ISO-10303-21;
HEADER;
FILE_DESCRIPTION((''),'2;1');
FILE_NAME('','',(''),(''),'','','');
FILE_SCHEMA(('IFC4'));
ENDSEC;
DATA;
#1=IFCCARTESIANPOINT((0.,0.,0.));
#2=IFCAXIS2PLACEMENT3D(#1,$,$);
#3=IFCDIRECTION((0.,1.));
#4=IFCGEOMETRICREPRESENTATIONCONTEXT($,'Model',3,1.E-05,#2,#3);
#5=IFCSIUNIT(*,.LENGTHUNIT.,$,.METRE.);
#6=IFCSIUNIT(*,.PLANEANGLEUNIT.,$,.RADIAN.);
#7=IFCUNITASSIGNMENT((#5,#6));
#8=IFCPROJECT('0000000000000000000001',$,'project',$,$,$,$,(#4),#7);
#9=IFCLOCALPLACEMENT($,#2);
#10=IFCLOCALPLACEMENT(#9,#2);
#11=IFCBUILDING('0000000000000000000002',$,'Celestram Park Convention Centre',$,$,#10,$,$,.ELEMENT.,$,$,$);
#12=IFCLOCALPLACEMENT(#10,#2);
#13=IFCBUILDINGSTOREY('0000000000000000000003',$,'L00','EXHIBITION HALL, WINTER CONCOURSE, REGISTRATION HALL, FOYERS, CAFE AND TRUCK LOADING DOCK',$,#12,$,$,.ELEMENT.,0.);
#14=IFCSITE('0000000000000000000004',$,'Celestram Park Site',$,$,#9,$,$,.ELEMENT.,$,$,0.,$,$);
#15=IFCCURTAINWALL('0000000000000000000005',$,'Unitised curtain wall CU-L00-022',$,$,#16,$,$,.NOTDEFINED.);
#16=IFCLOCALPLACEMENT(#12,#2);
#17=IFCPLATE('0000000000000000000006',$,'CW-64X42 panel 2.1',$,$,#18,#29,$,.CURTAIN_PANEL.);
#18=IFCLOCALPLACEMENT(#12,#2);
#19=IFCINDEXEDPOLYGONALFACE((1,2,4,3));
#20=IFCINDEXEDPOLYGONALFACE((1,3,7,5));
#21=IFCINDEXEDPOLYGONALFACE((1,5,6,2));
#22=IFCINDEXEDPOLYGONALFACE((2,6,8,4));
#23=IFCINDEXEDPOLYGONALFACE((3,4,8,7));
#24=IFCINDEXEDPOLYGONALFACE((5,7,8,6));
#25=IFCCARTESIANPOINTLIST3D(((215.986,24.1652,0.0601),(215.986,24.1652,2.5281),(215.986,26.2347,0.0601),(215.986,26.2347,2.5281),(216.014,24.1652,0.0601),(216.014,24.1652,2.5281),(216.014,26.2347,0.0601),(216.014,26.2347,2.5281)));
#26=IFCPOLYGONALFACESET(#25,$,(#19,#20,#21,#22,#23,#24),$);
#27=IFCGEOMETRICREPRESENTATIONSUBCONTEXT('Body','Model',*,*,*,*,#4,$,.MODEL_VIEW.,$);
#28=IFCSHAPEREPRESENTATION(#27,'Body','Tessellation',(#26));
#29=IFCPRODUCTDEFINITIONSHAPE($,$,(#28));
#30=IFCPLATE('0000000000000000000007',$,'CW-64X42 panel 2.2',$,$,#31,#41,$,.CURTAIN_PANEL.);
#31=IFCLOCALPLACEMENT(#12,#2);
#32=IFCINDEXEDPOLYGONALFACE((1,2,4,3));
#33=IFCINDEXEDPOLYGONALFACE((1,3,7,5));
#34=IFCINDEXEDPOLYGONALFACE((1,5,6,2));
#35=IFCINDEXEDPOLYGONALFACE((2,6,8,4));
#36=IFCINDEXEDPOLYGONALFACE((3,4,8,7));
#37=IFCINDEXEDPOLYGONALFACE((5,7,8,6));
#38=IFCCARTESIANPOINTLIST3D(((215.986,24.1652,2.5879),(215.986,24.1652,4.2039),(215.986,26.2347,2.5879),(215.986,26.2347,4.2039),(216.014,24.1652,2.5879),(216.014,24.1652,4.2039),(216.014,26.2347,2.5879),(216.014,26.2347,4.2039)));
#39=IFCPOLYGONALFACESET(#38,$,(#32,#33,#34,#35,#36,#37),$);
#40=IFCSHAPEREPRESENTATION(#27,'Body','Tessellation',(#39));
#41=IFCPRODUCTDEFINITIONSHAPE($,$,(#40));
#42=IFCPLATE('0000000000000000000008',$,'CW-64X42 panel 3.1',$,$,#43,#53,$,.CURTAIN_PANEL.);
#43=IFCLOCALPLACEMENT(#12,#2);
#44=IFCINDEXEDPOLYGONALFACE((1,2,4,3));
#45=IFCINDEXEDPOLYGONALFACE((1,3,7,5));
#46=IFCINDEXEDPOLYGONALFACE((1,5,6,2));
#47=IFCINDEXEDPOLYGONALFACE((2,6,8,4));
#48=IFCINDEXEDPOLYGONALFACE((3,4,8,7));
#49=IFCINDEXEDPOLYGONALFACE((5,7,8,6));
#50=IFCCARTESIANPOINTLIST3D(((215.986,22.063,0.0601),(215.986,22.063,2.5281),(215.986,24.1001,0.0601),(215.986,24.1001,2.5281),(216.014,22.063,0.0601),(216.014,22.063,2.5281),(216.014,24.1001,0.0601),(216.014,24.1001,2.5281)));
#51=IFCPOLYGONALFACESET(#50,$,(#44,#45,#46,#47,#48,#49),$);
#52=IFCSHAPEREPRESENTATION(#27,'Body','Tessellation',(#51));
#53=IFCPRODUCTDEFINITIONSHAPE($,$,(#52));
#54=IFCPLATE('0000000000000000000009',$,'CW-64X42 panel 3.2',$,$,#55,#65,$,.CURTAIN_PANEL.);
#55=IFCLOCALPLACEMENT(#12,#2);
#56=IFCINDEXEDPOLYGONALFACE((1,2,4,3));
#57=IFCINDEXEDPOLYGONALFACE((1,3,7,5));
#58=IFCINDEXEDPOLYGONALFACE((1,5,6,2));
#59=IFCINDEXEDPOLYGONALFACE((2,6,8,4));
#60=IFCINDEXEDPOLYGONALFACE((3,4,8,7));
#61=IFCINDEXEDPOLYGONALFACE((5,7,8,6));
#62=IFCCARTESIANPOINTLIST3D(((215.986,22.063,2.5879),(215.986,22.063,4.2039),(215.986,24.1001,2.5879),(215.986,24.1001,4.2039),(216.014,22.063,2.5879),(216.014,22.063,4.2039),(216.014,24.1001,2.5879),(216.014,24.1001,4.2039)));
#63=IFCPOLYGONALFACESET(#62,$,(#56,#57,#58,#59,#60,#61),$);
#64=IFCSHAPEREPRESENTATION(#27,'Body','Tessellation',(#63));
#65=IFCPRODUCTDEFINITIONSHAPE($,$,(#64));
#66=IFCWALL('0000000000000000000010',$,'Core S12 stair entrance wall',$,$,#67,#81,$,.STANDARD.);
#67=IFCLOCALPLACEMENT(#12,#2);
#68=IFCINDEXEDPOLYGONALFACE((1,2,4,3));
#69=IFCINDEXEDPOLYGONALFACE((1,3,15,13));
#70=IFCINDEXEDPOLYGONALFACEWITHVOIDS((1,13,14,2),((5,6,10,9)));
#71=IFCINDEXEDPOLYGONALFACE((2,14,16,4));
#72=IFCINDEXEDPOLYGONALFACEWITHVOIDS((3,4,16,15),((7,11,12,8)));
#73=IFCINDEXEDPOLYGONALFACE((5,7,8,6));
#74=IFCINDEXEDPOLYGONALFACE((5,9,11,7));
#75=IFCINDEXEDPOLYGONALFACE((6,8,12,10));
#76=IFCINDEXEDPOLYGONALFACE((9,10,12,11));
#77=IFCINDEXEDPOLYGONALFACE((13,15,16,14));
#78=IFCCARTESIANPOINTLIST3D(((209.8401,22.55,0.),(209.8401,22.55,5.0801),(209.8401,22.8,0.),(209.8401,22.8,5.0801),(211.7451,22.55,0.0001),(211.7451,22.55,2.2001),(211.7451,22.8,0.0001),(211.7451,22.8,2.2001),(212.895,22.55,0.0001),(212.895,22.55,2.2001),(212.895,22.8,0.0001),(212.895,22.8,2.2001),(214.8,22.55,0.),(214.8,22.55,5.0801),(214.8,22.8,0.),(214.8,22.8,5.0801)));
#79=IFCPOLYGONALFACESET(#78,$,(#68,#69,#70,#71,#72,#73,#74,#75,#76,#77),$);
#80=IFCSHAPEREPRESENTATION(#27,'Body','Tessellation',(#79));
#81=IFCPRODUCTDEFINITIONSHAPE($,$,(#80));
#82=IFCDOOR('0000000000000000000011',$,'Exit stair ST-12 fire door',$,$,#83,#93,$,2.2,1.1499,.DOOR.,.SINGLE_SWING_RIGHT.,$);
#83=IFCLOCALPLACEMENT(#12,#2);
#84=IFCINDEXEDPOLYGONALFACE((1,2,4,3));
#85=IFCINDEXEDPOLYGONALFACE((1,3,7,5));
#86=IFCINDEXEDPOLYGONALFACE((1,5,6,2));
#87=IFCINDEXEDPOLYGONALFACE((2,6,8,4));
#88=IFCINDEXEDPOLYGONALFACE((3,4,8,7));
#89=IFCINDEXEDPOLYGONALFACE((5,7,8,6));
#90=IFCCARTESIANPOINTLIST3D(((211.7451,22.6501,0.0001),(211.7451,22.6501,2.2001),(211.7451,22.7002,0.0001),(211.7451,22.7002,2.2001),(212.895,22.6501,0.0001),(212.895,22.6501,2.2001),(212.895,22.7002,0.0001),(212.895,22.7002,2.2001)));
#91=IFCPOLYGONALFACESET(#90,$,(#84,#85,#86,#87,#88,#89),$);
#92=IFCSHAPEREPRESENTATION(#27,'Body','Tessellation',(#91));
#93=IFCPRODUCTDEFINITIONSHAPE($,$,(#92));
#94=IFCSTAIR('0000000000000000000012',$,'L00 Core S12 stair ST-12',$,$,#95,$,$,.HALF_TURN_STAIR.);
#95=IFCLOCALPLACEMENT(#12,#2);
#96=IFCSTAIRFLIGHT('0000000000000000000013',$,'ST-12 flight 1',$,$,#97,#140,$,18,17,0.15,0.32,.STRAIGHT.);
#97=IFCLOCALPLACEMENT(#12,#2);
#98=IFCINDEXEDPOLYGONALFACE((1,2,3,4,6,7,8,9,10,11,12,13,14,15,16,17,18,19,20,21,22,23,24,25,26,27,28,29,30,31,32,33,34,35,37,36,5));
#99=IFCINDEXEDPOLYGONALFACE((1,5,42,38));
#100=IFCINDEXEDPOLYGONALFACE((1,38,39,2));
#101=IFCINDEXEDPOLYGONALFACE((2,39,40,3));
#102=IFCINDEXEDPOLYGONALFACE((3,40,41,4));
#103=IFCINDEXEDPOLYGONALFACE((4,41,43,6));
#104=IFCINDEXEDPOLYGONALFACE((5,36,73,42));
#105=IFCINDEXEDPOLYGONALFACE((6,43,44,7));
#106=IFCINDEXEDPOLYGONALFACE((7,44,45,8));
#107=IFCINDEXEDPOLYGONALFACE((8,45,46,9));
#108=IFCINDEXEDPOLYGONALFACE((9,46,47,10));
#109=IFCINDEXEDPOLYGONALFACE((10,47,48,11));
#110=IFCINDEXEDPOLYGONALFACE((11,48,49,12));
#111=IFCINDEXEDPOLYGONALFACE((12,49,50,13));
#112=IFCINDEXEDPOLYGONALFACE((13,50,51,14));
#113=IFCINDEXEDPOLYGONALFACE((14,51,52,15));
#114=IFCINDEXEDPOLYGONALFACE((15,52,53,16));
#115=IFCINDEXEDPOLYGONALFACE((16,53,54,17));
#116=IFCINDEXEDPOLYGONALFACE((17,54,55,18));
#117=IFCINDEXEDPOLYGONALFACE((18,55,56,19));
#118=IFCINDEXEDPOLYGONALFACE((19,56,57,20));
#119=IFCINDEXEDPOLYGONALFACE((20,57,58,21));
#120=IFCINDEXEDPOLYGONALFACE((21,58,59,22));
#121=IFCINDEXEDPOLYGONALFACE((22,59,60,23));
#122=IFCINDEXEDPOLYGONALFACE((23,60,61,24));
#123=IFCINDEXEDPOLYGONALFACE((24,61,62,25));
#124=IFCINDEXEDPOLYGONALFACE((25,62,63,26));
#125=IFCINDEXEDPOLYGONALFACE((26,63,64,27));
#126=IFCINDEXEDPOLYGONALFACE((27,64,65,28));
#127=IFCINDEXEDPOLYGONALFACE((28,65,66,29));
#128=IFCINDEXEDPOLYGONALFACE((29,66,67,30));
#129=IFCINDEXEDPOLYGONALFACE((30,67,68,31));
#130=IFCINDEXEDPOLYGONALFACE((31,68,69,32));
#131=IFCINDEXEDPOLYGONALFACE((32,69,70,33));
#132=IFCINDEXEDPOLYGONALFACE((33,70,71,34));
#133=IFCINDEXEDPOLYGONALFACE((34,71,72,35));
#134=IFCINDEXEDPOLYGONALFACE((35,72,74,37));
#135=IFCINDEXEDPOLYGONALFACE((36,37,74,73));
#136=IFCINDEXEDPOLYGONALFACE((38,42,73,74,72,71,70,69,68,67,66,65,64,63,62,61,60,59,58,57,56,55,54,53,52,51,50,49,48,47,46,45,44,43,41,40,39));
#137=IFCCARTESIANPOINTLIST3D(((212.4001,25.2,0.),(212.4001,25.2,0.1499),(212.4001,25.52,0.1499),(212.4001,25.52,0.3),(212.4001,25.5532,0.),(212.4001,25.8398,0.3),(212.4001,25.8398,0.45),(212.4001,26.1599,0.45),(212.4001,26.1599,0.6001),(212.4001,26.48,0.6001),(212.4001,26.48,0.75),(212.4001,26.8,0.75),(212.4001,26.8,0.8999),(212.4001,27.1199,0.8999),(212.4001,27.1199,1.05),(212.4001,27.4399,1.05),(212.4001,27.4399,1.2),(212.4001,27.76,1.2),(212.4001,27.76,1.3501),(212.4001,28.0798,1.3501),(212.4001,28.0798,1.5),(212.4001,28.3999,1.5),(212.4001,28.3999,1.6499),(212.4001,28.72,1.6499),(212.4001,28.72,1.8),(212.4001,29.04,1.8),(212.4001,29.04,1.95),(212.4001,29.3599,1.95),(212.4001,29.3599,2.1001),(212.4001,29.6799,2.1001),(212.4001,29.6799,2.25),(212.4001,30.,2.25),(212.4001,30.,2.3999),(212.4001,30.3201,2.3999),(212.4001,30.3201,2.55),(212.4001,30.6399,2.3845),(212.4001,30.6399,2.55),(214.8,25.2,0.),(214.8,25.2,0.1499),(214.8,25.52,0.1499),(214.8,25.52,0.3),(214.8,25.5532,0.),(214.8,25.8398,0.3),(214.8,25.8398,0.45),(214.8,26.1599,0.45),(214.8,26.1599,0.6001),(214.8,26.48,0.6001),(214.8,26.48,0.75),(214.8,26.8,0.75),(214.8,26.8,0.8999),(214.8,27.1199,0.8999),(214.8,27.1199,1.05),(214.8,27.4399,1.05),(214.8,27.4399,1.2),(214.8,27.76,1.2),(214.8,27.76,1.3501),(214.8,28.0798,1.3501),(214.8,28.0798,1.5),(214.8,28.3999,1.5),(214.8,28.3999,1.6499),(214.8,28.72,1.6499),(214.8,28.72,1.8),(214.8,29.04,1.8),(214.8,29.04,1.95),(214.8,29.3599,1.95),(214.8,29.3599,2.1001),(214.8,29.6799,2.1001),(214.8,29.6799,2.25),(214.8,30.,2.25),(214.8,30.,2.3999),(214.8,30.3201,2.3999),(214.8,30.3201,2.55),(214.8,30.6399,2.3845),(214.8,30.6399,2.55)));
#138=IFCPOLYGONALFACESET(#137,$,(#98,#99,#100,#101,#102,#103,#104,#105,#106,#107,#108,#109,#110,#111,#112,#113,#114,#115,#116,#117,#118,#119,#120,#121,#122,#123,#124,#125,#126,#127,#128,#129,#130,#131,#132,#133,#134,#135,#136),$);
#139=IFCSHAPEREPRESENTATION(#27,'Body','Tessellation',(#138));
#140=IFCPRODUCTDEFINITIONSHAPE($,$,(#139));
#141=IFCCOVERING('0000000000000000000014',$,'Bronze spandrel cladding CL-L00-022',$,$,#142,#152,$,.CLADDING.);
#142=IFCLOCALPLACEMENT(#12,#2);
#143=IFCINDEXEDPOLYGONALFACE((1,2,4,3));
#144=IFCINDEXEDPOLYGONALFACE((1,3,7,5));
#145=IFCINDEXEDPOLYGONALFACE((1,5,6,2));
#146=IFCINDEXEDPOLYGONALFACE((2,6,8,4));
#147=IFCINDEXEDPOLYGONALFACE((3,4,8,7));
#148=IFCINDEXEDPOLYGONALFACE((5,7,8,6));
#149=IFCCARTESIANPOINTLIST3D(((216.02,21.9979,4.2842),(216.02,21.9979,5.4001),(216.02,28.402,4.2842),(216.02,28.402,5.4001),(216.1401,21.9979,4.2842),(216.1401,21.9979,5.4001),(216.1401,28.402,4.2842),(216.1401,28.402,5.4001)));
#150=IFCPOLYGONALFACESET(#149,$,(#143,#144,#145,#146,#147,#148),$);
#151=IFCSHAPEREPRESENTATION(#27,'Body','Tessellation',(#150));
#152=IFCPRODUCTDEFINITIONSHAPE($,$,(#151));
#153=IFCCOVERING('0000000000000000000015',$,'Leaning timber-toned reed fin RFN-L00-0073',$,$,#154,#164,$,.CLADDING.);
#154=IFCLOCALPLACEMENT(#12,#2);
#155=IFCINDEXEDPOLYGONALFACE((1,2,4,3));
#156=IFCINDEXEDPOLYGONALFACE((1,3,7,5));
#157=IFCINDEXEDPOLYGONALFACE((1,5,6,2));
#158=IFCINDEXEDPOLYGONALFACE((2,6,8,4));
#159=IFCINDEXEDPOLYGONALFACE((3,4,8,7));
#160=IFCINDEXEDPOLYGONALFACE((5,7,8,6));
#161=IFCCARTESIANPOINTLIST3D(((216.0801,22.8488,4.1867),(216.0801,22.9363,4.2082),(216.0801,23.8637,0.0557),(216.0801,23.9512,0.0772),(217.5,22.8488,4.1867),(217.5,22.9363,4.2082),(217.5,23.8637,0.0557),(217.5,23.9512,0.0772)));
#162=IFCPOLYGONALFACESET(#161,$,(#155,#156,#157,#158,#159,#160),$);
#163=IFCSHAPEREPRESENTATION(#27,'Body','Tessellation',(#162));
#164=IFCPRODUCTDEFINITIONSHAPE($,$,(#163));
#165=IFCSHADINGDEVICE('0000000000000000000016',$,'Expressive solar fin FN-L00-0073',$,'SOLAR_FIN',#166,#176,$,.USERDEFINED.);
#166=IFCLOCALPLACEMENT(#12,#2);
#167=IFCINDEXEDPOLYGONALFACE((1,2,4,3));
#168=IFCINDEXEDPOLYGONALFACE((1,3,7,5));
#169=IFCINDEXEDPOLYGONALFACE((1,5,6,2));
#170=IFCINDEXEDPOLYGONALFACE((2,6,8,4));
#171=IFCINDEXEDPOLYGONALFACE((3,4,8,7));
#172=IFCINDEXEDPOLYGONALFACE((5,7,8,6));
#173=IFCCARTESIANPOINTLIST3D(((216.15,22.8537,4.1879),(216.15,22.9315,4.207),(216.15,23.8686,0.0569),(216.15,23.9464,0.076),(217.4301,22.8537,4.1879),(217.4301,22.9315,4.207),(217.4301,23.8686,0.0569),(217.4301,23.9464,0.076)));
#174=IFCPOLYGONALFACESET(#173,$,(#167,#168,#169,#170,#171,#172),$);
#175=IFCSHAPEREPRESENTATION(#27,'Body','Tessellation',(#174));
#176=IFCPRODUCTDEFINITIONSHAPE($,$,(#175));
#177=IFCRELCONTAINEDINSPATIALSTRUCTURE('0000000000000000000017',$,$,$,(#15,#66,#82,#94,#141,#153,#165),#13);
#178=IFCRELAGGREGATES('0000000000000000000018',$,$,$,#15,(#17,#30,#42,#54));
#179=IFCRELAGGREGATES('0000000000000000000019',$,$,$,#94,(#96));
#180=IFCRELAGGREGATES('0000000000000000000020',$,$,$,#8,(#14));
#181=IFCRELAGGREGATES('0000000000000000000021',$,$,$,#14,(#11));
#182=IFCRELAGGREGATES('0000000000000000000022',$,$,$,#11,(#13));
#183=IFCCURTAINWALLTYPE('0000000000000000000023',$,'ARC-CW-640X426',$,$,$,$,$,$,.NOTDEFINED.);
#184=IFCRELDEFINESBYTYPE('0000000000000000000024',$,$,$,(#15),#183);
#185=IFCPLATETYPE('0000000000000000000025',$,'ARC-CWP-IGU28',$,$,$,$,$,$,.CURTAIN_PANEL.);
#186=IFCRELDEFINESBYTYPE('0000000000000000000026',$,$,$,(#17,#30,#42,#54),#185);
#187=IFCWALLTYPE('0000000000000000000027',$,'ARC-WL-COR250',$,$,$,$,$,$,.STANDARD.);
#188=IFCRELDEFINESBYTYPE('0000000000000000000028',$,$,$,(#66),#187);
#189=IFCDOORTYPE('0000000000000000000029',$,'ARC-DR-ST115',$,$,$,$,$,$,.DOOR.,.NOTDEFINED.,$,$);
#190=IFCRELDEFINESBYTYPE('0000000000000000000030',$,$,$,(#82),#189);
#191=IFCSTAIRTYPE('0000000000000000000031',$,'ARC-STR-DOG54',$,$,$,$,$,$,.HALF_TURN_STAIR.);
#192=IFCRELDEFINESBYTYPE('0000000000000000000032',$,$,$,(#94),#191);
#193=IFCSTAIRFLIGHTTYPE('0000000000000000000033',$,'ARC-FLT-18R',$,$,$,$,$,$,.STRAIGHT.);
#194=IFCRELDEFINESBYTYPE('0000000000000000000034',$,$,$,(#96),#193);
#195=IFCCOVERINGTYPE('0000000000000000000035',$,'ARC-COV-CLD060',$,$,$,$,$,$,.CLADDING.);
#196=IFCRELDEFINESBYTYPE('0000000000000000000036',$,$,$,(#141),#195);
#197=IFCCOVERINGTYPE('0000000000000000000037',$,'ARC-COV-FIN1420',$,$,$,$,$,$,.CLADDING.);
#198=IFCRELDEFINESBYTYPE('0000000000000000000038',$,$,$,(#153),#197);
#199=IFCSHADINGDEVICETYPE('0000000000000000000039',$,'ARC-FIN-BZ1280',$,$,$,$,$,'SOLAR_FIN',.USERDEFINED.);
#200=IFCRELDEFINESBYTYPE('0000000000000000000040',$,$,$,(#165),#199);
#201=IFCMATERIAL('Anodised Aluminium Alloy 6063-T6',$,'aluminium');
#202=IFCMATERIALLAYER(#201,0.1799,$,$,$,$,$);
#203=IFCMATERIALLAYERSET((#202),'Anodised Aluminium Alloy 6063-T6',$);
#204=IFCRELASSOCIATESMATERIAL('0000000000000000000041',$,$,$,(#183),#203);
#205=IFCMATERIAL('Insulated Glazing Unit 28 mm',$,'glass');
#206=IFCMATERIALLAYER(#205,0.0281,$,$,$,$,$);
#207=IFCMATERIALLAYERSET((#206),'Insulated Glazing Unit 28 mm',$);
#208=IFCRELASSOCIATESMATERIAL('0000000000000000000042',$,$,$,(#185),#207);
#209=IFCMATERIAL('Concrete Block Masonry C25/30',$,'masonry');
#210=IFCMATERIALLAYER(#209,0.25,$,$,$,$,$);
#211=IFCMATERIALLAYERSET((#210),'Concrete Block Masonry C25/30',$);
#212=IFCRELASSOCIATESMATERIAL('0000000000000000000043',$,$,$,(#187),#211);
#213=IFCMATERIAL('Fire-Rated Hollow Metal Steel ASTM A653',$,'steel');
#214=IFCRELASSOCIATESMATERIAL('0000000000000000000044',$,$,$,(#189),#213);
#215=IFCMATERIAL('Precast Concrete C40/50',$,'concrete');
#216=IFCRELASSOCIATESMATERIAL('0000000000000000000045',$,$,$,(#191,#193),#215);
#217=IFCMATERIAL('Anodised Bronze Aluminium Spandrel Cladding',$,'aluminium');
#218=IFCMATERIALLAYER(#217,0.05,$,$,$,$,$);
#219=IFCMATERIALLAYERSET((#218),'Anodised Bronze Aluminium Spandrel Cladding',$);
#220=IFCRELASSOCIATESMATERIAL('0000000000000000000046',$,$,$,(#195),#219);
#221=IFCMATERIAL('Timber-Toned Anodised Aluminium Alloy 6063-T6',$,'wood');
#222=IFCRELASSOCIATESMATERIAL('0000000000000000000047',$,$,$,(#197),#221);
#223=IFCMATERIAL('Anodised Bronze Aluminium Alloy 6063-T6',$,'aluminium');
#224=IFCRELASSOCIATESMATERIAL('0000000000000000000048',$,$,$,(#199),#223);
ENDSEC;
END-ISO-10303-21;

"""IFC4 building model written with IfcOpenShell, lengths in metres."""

from ifc_helpers import new_model, si_unit, direction, frame, frame_2d, origin, origin_2d, place, context, subcontext, project, spatial, polyline, rectangle, outline, extrude, material, layer, layer_set, material_profile, profile_set, type_object, element, fill, aggregate, save


model = new_model("IFC4")

# Units and contexts
model_context = context("Model", 3, precision=1e-05, world=origin(), true_north=direction((0.0, 1.0)))
body_context = subcontext(model_context, "Body", "Model", "MODEL_VIEW")
ifc_project = project(units=[si_unit("LENGTHUNIT", "METRE"), si_unit("PLANEANGLEUNIT", "RADIAN")], contexts=[model_context])

# Site, building, storey
site_placement = place(None, origin())
site = spatial("IfcSite", under=ifc_project, at=site_placement, Name="Celestram Park Site", CompositionType="ELEMENT", RefElevation=0.0)
building_placement = place(site_placement, origin())
building = spatial("IfcBuilding", under=site, at=building_placement, Name="Celestram Park Convention Centre", CompositionType="ELEMENT")
storey_placement = place(building_placement, origin())
storey = spatial("IfcBuildingStorey", under=building, at=storey_placement, Name="L00", Description="EXHIBITION HALL, WINTER CONCOURSE, REGISTRATION HALL, FOYERS, CAFE AND TRUCK LOADING DOCK", CompositionType="ELEMENT", Elevation=0.0)

# Curtain wall
ifc_material_1 = material(Name="Anodised Aluminium Alloy 6063-T6", Category="aluminium")
ifc_layer_1 = layer(ifc_material_1, 0.1799)
ifc_layer_set_1 = layer_set([ifc_layer_1], Name="Anodised Aluminium Alloy 6063-T6")
curtain_wall_type = type_object("IfcCurtainWallType", Name="ARC-CW-640X426", PredefinedType="NOTDEFINED", material=ifc_layer_set_1)
curtain_wall_1_placement = place(storey_placement, origin())
curtain_wall_1 = element("IfcCurtainWall", 1, at=curtain_wall_1_placement, inside=storey, type_object=curtain_wall_type, Name="Unitised curtain wall CU-L00-022", PredefinedType="NOTDEFINED")

# Plates
ifc_material_2 = material(Name="Insulated Glazing Unit 28 mm", Category="glass")
ifc_layer_2 = layer(ifc_material_2, 0.0281)
ifc_layer_set_2 = layer_set([ifc_layer_2], Name="Insulated Glazing Unit 28 mm")
plate_type = type_object("IfcPlateType", Name="ARC-CWP-IGU28", PredefinedType="CURTAIN_PANEL", material=ifc_layer_set_2)
plate_1_placement = place(storey_placement, frame((216.0, 25.2, 0.0601), z_axis=(0.0, 0.0, 1.0), x_axis=(0.0, -1.0, 0.0)))
plate_1 = element("IfcPlate", 2, at=plate_1_placement, type_object=plate_type, Name="CW-64X42 panel 2.1", PredefinedType="CURTAIN_PANEL", context=body_context, shape_type="SweptSolid", body=[
    extrude(rectangle(XDim=2.0696, YDim=0.0281, at=origin_2d()), origin(), (0.0, 0.0, 1.0), 2.468),
])
plate_2_placement = place(storey_placement, frame((216.0, 25.2, 2.5879), z_axis=(0.0, 0.0, 1.0), x_axis=(0.0, -1.0, 0.0)))
plate_2 = element("IfcPlate", 3, at=plate_2_placement, type_object=plate_type, Name="CW-64X42 panel 2.2", PredefinedType="CURTAIN_PANEL", context=body_context, shape_type="SweptSolid", body=[
    extrude(rectangle(XDim=2.0696, YDim=0.0281, at=origin_2d()), origin(), (0.0, 0.0, 1.0), 1.616),
])
plate_3_placement = place(storey_placement, frame((216.0, 23.0815, 0.0601), z_axis=(0.0, 0.0, 1.0), x_axis=(0.0, -1.0, 0.0)))
plate_3 = element("IfcPlate", 4, at=plate_3_placement, type_object=plate_type, Name="CW-64X42 panel 3.1", PredefinedType="CURTAIN_PANEL", context=body_context, shape_type="SweptSolid", body=[
    extrude(rectangle(XDim=2.0371, YDim=0.0281, at=origin_2d()), origin(), (0.0, 0.0, 1.0), 2.468),
])
plate_4_placement = place(storey_placement, frame((216.0, 23.0815, 2.5879), z_axis=(0.0, 0.0, 1.0), x_axis=(0.0, -1.0, 0.0)))
plate_4 = element("IfcPlate", 5, at=plate_4_placement, type_object=plate_type, Name="CW-64X42 panel 3.2", PredefinedType="CURTAIN_PANEL", context=body_context, shape_type="SweptSolid", body=[
    extrude(rectangle(XDim=2.0371, YDim=0.0281, at=origin_2d()), origin(), (0.0, 0.0, 1.0), 1.616),
])
aggregate(curtain_wall_1, [plate_1, plate_2, plate_3, plate_4])

# Wall, opening, door
ifc_material_3 = material(Name="Concrete Block Masonry C25/30", Category="masonry")
ifc_layer_3 = layer(ifc_material_3, 0.25)
ifc_layer_set_3 = layer_set([ifc_layer_3], Name="Concrete Block Masonry C25/30")
wall_type = type_object("IfcWallType", Name="ARC-WL-COR250", PredefinedType="STANDARD", material=ifc_layer_set_3)
wall_placement = place(storey_placement, frame((214.8, 22.675, 0.0), z_axis=(0.0, 0.0, 1.0), x_axis=(-1.0, 0.0, 0.0)))
wall = element("IfcWall", 6, at=wall_placement, inside=storey, type_object=wall_type, Name="Core S12 stair entrance wall", PredefinedType="STANDARD", context=body_context, shape_type="SweptSolid", body=[
    extrude(rectangle(XDim=4.96, YDim=0.25, at=frame_2d((2.48, 0.0))), origin(), (0.0, 0.0, 1.0), 5.0801),
])
opening_placement = place(wall_placement, frame((1.905, 0.0, 0.0)))
opening = element("IfcOpeningElement", 7, at=opening_placement, cuts=wall, PredefinedType="OPENING", context=body_context, shape_type="SweptSolid", body=[
    extrude(rectangle(XDim=1.1499, YDim=2.2, at=frame_2d((0.575, 1.1001))), frame((0.0, 0.135, 0.0), z_axis=(0.0, -1.0, 0.0), x_axis=(1.0, 0.0, 0.0)), (0.0, 0.0, 1.0), 0.27),
])
ifc_material_4 = material(Name="Fire-Rated Hollow Metal Steel ASTM A653", Category="steel")
door_type = type_object("IfcDoorType", Name="ARC-DR-ST115", OperationType="NOTDEFINED", PredefinedType="DOOR", material=ifc_material_4)
door_placement = place(opening_placement, origin())
door = element("IfcDoor", 8, at=door_placement, inside=storey, type_object=door_type, Name="Exit stair ST-12 fire door", OperationType="SINGLE_SWING_RIGHT", OverallHeight=2.2, OverallWidth=1.1499, PredefinedType="DOOR", context=body_context, shape_type="SweptSolid", body=[
    extrude(rectangle(XDim=1.1499, YDim=2.2, at=frame_2d((0.575, 1.1001))), frame((0.0, 0.0249, 0.0), z_axis=(0.0, -1.0, 0.0), x_axis=(1.0, 0.0, 0.0)), (0.0, 0.0, 1.0), 0.05),
])
fill(opening, door)

# Stair, stair flight
ifc_material_5 = material(Name="Precast Concrete C40/50", Category="concrete")
stair_type = type_object("IfcStairType", Name="ARC-STR-DOG54", PredefinedType="HALF_TURN_STAIR", material=ifc_material_5)
stair_placement = place(storey_placement, origin())
stair = element("IfcStair", 9, at=stair_placement, inside=storey, type_object=stair_type, Name="L00 Core S12 stair ST-12", PredefinedType="HALF_TURN_STAIR")
stair_flight_type = type_object("IfcStairFlightType", Name="ARC-FLT-18R", PredefinedType="STRAIGHT", material=ifc_material_5)
stair_flight_placement = place(storey_placement, frame((213.6001, 25.2, 0.0), z_axis=(0.0, 0.0, 1.0), x_axis=(0.0, 1.0, 0.0)))
stair_flight = element("IfcStairFlight", 10, at=stair_flight_placement, type_object=stair_flight_type, Name="ST-12 flight 1", NumberOfRisers=18, NumberOfTreads=17, PredefinedType="STRAIGHT", RiserHeight=0.15, TreadLength=0.32, context=body_context, shape_type="SweptSolid", body=[
    extrude(outline(polyline([(0.0, 0.0), (0.0, 0.1499), (0.3201, 0.1499), (0.3201, 0.3), (0.6399, 0.3), (0.6399, 0.45), (0.96, 0.45), (0.96, 0.6001), (1.28, 0.6001), (1.28, 0.75), (1.6001, 0.75), (1.6001, 0.8999), (1.9199, 0.8999), (1.9199, 1.05), (2.24, 1.05), (2.24, 1.2), (2.5601, 1.2), (2.5601, 1.3501), (2.8799, 1.3501), (2.8799, 1.5), (3.2, 1.5), (3.2, 1.6499), (3.52, 1.6499), (3.52, 1.8), (3.8401, 1.8), (3.8401, 1.95), (4.1599, 1.95), (4.1599, 2.1001), (4.48, 2.1001), (4.48, 2.25), (4.8, 2.25), (4.8, 2.3999), (5.1201, 2.3999), (5.1201, 2.55), (5.4399, 2.55), (5.4399, 2.7), (5.4399, 2.3845), (0.3533, 0.0), (0.0, 0.0)])), frame((0.0, 1.2, 0.0), z_axis=(0.0, -1.0, 0.0), x_axis=(1.0, 0.0, 0.0)), (0.0, 0.0, 1.0), 2.3999),
])
aggregate(stair, [stair_flight])

# Coverings
ifc_material_6 = material(Name="Anodised Bronze Aluminium Spandrel Cladding", Category="aluminium")
ifc_layer_4 = layer(ifc_material_6, 0.05)
ifc_layer_set_4 = layer_set([ifc_layer_4], Name="Anodised Bronze Aluminium Spandrel Cladding")
covering_type_1 = type_object("IfcCoveringType", Name="ARC-COV-CLD060", PredefinedType="CLADDING", material=ifc_layer_set_4)
covering_1_placement = place(storey_placement, frame((216.0801, 25.2, 4.2842), z_axis=(0.0, 0.0, 1.0), x_axis=(0.0, -1.0, 0.0)))
element("IfcCovering", 11, at=covering_1_placement, inside=storey, type_object=covering_type_1, Name="Bronze spandrel cladding CL-L00-022", PredefinedType="CLADDING", context=body_context, shape_type="SweptSolid", body=[
    extrude(rectangle(XDim=6.4041, YDim=0.1201, at=origin_2d()), origin(), (0.0, 0.0, 1.0), 1.116),
])
ifc_material_7 = material(Name="Timber-Toned Anodised Aluminium Alloy 6063-T6", Category="wood")
ifc_material_profile_1 = material_profile(ifc_material_7, rectangle(XDim=1.4199, YDim=0.0901, at=origin_2d()), Name="REED1420X90")
ifc_profile_set_1 = profile_set([ifc_material_profile_1], Name="Timber-Toned Anodised Aluminium Alloy 6063-T6")
covering_type_2 = type_object("IfcCoveringType", Name="ARC-COV-FIN1420", PredefinedType="CLADDING", material=ifc_profile_set_1)
covering_2_placement = place(storey_placement, frame((216.79, 23.9075, 0.0664), z_axis=(0.0, -0.238577, 0.971124), x_axis=(1.0, 0.0, 0.0)))
element("IfcCovering", 12, at=covering_2_placement, inside=storey, type_object=covering_type_2, Name="Leaning timber-toned reed fin RFN-L00-0073", PredefinedType="CLADDING", context=body_context, shape_type="SweptSolid", body=[
    extrude(rectangle(XDim=1.4199, YDim=0.0901, at=origin_2d()), origin(), (0.0, 0.0, 1.0), 4.2539),
])

# Shading device
ifc_material_8 = material(Name="Anodised Bronze Aluminium Alloy 6063-T6", Category="aluminium")
ifc_material_profile_2 = material_profile(ifc_material_8, rectangle(XDim=1.28, YDim=0.0801, at=origin_2d()), Name="FIN1280X80")
ifc_profile_set_2 = profile_set([ifc_material_profile_2], Name="Anodised Bronze Aluminium Alloy 6063-T6")
shading_device_type = type_object("IfcShadingDeviceType", Name="ARC-FIN-BZ1280", ElementType="SOLAR_FIN", PredefinedType="USERDEFINED", material=ifc_profile_set_2)
shading_device_placement = place(storey_placement, frame((216.79, 23.9075, 0.0664), z_axis=(0.0, -0.238577, 0.971124), x_axis=(1.0, 0.0, 0.0)))
element("IfcShadingDevice", 13, at=shading_device_placement, inside=storey, type_object=shading_device_type, Name="Expressive solar fin FN-L00-0073", ObjectType="SOLAR_FIN", PredefinedType="USERDEFINED", context=body_context, shape_type="SweptSolid", body=[
    extrude(rectangle(XDim=1.28, YDim=0.0801, at=origin_2d()), origin(), (0.0, 0.0, 1.0), 4.2539),
])

save(model, "model.ifc")
